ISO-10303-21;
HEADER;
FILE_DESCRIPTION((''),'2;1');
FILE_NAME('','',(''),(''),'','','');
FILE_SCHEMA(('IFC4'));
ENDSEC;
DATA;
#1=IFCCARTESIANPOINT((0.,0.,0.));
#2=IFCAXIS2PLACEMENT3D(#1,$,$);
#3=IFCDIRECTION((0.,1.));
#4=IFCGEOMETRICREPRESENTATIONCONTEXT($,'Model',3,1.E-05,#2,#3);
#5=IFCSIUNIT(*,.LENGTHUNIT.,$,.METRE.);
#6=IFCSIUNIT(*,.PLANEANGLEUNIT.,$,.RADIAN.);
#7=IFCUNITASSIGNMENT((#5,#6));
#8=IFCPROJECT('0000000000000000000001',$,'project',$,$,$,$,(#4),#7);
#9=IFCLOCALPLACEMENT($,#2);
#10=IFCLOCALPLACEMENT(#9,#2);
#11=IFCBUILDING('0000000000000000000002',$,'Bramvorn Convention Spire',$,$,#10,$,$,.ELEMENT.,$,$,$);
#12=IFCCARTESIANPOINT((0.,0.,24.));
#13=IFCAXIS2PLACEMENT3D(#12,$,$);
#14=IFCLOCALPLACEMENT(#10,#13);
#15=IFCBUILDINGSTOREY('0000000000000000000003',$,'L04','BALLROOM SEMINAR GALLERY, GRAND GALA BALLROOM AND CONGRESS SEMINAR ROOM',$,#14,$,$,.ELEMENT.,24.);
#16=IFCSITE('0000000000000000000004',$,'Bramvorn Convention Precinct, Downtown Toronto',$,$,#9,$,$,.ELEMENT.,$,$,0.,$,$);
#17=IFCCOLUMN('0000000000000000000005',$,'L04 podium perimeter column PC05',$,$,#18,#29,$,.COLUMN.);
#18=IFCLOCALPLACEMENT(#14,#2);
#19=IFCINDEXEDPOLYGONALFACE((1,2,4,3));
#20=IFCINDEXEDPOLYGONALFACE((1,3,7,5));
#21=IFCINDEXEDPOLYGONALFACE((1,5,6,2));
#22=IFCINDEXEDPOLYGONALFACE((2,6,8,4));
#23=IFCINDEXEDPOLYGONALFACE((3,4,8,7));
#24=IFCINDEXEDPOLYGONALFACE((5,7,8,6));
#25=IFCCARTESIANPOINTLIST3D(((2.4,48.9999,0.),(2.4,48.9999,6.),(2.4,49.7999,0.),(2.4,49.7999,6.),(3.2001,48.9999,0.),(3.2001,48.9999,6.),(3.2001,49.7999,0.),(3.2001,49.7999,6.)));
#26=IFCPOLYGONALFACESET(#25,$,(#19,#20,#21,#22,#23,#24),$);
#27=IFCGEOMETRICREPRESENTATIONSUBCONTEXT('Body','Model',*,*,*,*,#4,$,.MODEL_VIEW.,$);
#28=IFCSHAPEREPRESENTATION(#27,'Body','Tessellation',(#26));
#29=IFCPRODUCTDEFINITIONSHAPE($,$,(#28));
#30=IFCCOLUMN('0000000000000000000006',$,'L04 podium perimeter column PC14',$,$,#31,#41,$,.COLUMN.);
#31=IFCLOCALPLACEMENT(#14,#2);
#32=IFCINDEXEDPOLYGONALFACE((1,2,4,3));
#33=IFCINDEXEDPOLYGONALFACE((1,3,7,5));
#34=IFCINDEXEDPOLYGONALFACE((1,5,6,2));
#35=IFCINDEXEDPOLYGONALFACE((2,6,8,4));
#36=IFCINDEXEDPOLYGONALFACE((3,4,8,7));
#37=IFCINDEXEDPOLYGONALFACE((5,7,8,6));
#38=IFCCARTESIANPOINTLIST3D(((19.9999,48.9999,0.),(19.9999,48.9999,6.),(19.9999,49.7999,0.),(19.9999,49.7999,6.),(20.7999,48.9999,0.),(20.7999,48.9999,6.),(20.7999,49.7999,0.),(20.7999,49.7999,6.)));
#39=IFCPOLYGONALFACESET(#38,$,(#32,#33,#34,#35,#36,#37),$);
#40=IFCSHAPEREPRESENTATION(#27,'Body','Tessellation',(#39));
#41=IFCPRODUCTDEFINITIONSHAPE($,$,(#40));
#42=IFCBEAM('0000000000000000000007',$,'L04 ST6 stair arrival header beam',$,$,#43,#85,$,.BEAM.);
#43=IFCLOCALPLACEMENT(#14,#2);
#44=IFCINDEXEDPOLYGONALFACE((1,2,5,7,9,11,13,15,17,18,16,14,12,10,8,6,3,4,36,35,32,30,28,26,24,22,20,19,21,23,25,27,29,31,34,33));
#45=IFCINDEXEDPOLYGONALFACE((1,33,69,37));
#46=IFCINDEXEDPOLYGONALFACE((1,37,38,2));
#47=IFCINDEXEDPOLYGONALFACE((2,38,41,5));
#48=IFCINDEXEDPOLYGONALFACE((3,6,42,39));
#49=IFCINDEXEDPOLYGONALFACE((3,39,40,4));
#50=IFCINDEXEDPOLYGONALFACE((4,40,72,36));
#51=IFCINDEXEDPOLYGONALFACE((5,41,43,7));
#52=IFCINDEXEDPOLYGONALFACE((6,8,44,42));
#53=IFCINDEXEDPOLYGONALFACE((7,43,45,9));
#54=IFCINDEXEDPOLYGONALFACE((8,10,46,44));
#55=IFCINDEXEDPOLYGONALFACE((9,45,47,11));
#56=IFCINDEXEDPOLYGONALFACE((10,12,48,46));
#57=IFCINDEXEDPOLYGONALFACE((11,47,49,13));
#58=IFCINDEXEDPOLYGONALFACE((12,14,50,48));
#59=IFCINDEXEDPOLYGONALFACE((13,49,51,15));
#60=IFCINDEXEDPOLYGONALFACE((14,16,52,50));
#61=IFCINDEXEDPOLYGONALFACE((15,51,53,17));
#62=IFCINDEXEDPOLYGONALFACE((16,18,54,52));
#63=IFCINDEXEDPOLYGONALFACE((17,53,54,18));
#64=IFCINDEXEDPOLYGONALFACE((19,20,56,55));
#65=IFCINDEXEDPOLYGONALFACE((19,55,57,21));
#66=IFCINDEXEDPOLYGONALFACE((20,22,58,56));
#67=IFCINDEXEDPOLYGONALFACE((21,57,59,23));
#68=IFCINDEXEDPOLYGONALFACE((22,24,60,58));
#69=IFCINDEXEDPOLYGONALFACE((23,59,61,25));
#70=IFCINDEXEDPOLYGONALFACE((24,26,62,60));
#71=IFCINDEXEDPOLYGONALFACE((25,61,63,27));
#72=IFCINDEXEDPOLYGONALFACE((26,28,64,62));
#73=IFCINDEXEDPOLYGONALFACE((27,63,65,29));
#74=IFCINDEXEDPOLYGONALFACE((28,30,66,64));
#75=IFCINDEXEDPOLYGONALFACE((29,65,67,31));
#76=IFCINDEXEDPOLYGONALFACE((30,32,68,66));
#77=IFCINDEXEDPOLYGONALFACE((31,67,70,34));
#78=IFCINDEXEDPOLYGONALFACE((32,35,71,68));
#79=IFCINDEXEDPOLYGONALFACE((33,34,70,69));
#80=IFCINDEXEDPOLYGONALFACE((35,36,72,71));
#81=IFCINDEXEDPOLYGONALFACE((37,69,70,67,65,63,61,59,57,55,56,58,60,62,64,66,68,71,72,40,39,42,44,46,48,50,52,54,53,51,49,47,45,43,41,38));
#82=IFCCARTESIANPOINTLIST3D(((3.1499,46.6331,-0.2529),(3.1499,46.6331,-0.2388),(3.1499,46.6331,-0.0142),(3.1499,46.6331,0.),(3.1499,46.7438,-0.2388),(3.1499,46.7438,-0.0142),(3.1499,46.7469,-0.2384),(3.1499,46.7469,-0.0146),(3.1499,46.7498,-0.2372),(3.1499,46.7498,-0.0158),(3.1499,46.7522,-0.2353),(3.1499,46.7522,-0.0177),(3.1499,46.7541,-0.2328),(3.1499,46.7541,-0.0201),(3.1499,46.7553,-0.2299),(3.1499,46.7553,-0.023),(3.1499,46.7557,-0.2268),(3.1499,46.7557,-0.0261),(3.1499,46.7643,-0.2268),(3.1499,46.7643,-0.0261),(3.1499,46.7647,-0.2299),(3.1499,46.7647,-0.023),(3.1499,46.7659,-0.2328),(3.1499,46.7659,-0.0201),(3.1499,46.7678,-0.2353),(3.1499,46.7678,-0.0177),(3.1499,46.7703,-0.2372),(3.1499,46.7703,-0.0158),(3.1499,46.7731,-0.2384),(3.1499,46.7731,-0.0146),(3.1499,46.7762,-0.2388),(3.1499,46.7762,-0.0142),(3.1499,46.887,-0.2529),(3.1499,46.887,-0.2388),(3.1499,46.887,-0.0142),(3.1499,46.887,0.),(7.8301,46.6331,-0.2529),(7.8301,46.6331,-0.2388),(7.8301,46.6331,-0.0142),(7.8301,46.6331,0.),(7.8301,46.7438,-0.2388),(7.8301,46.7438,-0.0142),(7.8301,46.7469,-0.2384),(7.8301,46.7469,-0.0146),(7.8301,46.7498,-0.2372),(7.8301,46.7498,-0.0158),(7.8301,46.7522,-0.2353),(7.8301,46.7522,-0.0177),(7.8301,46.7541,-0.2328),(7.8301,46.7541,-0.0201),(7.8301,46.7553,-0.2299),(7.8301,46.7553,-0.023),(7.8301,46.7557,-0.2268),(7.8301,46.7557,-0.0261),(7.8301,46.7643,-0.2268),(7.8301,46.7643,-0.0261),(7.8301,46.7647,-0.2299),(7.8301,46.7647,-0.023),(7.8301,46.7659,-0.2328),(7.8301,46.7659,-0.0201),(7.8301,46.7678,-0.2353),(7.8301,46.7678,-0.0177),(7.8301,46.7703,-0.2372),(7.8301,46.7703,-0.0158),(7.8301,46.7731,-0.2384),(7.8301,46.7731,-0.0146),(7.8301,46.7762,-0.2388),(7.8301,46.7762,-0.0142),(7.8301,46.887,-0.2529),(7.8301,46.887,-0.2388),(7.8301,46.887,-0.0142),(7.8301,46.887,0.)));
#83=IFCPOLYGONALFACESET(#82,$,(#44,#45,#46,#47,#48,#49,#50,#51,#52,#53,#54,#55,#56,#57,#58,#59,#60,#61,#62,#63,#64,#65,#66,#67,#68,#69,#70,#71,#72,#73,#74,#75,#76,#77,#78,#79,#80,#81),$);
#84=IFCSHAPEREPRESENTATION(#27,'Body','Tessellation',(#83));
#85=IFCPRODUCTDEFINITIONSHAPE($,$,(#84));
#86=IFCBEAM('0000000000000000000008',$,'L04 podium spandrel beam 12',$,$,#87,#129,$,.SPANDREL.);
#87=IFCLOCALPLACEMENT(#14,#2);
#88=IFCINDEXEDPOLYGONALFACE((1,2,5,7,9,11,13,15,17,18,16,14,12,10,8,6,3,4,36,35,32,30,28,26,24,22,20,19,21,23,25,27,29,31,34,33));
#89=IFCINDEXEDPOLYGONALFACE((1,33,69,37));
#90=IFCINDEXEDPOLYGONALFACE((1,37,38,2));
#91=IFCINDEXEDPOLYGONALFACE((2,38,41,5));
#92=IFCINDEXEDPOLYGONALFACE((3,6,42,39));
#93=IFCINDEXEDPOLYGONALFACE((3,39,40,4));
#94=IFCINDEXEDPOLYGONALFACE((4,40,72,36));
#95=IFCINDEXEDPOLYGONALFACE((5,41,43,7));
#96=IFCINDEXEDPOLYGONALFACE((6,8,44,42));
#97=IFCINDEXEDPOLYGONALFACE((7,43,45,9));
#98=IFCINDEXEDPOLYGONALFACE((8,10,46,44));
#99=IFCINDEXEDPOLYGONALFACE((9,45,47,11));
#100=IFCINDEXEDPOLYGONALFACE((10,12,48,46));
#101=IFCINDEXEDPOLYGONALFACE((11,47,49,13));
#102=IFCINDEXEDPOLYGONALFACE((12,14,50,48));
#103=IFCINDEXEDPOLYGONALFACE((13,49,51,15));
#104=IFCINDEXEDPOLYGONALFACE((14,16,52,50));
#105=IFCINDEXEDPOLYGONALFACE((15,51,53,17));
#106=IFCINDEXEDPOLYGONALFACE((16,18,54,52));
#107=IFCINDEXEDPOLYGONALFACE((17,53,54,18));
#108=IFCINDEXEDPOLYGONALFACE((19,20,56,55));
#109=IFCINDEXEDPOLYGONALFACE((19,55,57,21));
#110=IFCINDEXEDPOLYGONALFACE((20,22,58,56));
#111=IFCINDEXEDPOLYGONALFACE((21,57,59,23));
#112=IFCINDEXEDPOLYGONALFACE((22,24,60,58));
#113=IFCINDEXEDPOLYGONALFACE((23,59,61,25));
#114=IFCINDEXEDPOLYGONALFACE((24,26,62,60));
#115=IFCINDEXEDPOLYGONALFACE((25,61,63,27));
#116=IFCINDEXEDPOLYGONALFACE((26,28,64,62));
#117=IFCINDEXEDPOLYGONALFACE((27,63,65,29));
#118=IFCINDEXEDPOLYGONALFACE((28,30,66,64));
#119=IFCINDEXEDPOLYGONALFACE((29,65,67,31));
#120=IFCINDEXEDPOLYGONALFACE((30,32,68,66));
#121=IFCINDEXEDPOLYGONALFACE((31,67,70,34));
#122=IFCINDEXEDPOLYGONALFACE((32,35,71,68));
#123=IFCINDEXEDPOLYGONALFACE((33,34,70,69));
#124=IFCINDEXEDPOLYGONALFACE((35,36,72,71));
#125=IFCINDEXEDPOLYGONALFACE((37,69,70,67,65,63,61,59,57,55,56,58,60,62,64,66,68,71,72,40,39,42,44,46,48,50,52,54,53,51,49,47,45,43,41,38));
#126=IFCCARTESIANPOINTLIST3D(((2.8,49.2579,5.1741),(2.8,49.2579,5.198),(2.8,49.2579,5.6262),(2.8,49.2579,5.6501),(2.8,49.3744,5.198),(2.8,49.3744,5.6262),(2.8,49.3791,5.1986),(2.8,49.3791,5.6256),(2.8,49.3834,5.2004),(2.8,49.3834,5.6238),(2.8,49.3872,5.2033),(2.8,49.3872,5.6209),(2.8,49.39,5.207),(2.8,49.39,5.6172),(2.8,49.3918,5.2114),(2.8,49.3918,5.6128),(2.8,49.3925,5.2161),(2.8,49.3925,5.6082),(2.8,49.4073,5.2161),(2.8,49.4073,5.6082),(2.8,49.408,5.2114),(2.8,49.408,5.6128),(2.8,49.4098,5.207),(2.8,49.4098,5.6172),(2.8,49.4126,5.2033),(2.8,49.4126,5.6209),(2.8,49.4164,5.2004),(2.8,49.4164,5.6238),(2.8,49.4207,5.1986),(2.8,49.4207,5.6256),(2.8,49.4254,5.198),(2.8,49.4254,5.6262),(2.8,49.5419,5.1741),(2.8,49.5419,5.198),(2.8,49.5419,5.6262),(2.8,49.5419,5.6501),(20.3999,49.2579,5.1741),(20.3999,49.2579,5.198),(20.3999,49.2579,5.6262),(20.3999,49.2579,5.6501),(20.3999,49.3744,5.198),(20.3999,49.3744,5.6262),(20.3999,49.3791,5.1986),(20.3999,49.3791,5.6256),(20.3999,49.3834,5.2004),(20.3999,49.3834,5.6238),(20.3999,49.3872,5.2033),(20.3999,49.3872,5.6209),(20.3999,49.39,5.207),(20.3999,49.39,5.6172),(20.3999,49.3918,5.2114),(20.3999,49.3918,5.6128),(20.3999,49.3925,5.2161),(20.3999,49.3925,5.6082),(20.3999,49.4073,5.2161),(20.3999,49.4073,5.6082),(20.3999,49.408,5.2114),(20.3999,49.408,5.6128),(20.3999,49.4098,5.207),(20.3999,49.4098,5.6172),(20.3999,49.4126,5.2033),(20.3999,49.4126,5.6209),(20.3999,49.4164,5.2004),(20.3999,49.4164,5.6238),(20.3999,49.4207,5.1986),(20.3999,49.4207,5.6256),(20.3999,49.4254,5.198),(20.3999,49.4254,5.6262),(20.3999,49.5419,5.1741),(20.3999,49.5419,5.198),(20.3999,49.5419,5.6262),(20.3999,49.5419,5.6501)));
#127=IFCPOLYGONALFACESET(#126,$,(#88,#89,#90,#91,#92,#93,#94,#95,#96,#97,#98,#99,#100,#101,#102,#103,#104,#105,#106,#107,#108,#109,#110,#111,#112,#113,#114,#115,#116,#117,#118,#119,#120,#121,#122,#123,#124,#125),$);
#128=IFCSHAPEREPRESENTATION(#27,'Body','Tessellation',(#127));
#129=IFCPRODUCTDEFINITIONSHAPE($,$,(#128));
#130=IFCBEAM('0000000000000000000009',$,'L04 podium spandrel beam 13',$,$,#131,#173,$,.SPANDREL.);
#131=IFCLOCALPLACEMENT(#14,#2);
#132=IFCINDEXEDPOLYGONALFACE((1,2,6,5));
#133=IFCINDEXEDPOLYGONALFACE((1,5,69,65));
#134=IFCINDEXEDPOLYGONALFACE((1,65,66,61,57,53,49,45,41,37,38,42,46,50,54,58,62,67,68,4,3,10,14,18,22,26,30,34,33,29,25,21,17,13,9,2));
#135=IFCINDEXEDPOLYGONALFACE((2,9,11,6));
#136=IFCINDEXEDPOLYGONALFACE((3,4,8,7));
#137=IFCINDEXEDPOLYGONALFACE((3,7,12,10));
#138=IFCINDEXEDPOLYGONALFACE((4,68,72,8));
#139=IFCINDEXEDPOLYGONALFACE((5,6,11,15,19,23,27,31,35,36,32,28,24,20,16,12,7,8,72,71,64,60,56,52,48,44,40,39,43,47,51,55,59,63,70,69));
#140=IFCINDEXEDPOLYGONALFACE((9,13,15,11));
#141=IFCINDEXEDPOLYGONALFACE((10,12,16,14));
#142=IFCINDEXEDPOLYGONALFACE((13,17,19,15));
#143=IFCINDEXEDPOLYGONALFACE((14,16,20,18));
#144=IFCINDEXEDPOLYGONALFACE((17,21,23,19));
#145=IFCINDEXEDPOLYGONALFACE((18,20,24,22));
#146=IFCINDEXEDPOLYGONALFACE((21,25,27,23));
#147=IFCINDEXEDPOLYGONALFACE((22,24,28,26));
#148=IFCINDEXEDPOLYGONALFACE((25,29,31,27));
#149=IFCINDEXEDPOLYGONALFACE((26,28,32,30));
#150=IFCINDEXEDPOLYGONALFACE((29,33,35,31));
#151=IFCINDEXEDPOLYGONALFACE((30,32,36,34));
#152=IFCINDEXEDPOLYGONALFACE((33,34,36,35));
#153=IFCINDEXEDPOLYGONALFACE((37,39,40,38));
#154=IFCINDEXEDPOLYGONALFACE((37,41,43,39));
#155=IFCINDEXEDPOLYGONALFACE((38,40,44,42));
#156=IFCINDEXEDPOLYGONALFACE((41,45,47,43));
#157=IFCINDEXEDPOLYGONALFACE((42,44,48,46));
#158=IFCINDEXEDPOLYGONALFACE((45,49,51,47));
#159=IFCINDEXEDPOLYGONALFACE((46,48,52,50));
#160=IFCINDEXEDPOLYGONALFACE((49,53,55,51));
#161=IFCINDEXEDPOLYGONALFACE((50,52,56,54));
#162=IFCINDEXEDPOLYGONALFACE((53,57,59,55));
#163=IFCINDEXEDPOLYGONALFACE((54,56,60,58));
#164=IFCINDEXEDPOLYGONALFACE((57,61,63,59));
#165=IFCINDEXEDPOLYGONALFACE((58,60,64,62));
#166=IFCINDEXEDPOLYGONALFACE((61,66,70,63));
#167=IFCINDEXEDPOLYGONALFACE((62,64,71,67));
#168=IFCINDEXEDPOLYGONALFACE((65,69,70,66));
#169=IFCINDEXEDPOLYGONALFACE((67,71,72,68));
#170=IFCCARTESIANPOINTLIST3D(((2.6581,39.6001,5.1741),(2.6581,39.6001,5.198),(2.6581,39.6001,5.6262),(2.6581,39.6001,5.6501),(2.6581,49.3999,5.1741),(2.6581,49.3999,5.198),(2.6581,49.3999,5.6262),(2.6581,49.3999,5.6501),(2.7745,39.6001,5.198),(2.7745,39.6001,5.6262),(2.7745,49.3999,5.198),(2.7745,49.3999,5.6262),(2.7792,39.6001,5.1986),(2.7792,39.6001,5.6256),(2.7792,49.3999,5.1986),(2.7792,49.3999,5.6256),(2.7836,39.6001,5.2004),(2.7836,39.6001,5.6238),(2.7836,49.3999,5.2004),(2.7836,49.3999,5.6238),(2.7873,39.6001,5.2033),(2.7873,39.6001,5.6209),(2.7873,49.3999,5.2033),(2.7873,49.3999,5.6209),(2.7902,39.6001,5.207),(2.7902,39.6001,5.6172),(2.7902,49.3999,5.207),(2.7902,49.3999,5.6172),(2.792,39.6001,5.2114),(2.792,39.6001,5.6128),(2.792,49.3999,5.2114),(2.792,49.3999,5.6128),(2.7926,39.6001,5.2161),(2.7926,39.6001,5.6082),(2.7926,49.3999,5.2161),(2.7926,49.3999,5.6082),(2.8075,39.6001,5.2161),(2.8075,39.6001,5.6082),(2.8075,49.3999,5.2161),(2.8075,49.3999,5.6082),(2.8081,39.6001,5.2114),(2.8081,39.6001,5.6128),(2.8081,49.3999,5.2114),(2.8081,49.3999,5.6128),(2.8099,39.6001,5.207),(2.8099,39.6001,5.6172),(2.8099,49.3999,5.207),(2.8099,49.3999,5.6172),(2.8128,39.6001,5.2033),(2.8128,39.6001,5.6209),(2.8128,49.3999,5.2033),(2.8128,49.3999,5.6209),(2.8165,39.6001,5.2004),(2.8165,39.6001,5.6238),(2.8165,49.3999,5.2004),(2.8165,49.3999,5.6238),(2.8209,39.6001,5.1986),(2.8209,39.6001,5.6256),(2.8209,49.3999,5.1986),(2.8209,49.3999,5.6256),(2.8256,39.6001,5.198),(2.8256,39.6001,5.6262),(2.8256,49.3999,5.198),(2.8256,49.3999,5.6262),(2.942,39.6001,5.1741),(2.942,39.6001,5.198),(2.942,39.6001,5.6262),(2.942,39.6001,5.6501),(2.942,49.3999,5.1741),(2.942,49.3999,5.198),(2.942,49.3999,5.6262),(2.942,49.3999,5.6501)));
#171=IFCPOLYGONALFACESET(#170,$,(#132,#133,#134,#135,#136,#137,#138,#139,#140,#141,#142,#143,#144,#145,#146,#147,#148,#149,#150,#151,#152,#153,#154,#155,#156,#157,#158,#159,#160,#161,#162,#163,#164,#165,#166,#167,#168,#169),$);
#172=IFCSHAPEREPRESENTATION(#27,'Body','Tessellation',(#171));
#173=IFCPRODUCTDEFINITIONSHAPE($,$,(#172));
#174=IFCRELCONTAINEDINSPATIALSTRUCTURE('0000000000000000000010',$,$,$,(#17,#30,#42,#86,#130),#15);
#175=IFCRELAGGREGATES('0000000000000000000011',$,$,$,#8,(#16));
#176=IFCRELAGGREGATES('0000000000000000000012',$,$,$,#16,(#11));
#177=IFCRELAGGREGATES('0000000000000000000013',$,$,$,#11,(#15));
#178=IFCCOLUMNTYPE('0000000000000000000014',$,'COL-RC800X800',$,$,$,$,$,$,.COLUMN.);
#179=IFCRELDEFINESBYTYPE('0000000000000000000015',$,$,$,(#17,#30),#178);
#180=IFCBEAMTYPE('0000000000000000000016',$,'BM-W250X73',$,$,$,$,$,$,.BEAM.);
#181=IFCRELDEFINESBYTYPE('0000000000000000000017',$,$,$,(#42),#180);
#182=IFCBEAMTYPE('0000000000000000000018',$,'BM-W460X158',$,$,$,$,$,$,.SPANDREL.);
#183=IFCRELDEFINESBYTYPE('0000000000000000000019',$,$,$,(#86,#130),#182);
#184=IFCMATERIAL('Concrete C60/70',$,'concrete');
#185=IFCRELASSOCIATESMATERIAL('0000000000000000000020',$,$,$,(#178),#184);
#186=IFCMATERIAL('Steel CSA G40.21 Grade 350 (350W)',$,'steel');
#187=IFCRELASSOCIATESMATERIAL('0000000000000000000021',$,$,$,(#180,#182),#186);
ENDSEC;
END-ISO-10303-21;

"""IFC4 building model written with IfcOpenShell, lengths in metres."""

from ifc_helpers import new_model, si_unit, direction, frame, origin, origin_2d, place, context, subcontext, project, spatial, rectangle, i_section, extrude, material, material_profile, profile_set, type_object, element, save


model = new_model("IFC4")

# Units and contexts
model_context = context("Model", 3, precision=1e-05, world=origin(), true_north=direction((0.0, 1.0)))
body_context = subcontext(model_context, "Body", "Model", "MODEL_VIEW")
ifc_project = project(units=[si_unit("LENGTHUNIT", "METRE"), si_unit("PLANEANGLEUNIT", "RADIAN")], contexts=[model_context])

# Site, building, storey
site_placement = place(None, origin())
site = spatial("IfcSite", under=ifc_project, at=site_placement, Name="Bramvorn Convention Precinct, Downtown Toronto", CompositionType="ELEMENT", RefElevation=0.0)
building_placement = place(site_placement, origin())
building = spatial("IfcBuilding", under=site, at=building_placement, Name="Bramvorn Convention Spire", CompositionType="ELEMENT")
storey_placement = place(building_placement, frame((0.0, 0.0, 24.0)))
storey = spatial("IfcBuildingStorey", under=building, at=storey_placement, Name="L04", Description="BALLROOM SEMINAR GALLERY, GRAND GALA BALLROOM AND CONGRESS SEMINAR ROOM", CompositionType="ELEMENT", Elevation=24.0)

# Columns
ifc_material_1 = material(Name="Steel CSA G40.21 Grade 350 (350W)", Category="steel")
ifc_material_2 = material(Name="Concrete C60/70", Category="concrete")
ifc_material_profile_1 = material_profile(ifc_material_2, rectangle(XDim=0.8, YDim=0.8, at=origin_2d()))
ifc_profile_set_1 = profile_set([ifc_material_profile_1], Name="Concrete C60/70 - RC800X800")
column_type_1 = type_object("IfcColumnType", Name="COL-RC800X800", PredefinedType="COLUMN", material=ifc_profile_set_1)
for number, where, z_axis, x_axis, name in (
    (1, (2.8, 49.3999, 0.0), (0.0, 0.0, 1.0), (1.0, 0.0, 0.0), "L04 podium perimeter column PC05"),
    (2, (20.3999, 49.3999, 0.0), (0.0, 0.0, 1.0), (1.0, 0.0, 0.0), "L04 podium perimeter column PC14"),
):
    element("IfcColumn", number, at=place(storey_placement, frame(where, z_axis=z_axis, x_axis=x_axis)), inside=storey, type_object=column_type_1, Name=name, PredefinedType="COLUMN", context=body_context, shape_type="SweptSolid", body=[
        extrude(rectangle(XDim=0.8, YDim=0.8, at=origin_2d()), origin(), (0.0, 0.0, 1.0), 6.0),
    ])

# Beams
ifc_material_profile_2 = material_profile(ifc_material_1, i_section(OverallWidth=0.2539, OverallDepth=0.2529, WebThickness=0.0085, FlangeThickness=0.0142, FilletRadius=0.012, at=origin_2d()))
ifc_profile_set_2 = profile_set([ifc_material_profile_2], Name="Steel CSA G40.21 Grade 350 (350W) - W250X73")
beam_type_1 = type_object("IfcBeamType", Name="BM-W250X73", PredefinedType="BEAM", material=ifc_profile_set_2)
beam_1_placement = place(storey_placement, frame((3.1499, 46.76, -0.1265), z_axis=(1.0, 0.0, 0.0), x_axis=(0.0, 1.0, 0.0)))
element("IfcBeam", 3, at=beam_1_placement, inside=storey, type_object=beam_type_1, Name="L04 ST6 stair arrival header beam", PredefinedType="BEAM", context=body_context, shape_type="SweptSolid", body=[
    extrude(i_section(OverallWidth=0.2539, OverallDepth=0.2529, WebThickness=0.0085, FlangeThickness=0.0142, FilletRadius=0.012, at=origin_2d()), origin(), (0.0, 0.0, 1.0), 4.6802),
])
ifc_material_profile_3 = material_profile(ifc_material_1, i_section(OverallWidth=0.2839, OverallDepth=0.4761, WebThickness=0.0149, FlangeThickness=0.0239, FilletRadius=0.0181, at=origin_2d()))
ifc_profile_set_3 = profile_set([ifc_material_profile_3], Name="Steel CSA G40.21 Grade 350 (350W) - W460X158")
beam_type_2 = type_object("IfcBeamType", Name="BM-W460X158", PredefinedType="SPANDREL", material=ifc_profile_set_3)
beam_2_placement = place(storey_placement, frame((20.3999, 49.3999, 5.4121), z_axis=(-1.0, 0.0, 0.0), x_axis=(0.0, -1.0, 0.0)))
element("IfcBeam", 4, at=beam_2_placement, inside=storey, type_object=beam_type_2, Name="L04 podium spandrel beam 12", PredefinedType="SPANDREL", context=body_context, shape_type="SweptSolid", body=[
    extrude(i_section(OverallWidth=0.2839, OverallDepth=0.4761, WebThickness=0.0149, FlangeThickness=0.0239, FilletRadius=0.0181, at=origin_2d()), origin(), (0.0, 0.0, 1.0), 17.5999),
])
beam_3_placement = place(storey_placement, frame((2.8, 49.3999, 5.4121), z_axis=(0.0, -1.0, 0.0), x_axis=(1.0, 0.0, 0.0)))
element("IfcBeam", 5, at=beam_3_placement, inside=storey, type_object=beam_type_2, Name="L04 podium spandrel beam 13", PredefinedType="SPANDREL", context=body_context, shape_type="SweptSolid", body=[
    extrude(i_section(OverallWidth=0.2839, OverallDepth=0.4761, WebThickness=0.0149, FlangeThickness=0.0239, FilletRadius=0.0181, at=origin_2d()), origin(), (0.0, 0.0, 1.0), 9.7998),
])

save(model, "model.ifc")
